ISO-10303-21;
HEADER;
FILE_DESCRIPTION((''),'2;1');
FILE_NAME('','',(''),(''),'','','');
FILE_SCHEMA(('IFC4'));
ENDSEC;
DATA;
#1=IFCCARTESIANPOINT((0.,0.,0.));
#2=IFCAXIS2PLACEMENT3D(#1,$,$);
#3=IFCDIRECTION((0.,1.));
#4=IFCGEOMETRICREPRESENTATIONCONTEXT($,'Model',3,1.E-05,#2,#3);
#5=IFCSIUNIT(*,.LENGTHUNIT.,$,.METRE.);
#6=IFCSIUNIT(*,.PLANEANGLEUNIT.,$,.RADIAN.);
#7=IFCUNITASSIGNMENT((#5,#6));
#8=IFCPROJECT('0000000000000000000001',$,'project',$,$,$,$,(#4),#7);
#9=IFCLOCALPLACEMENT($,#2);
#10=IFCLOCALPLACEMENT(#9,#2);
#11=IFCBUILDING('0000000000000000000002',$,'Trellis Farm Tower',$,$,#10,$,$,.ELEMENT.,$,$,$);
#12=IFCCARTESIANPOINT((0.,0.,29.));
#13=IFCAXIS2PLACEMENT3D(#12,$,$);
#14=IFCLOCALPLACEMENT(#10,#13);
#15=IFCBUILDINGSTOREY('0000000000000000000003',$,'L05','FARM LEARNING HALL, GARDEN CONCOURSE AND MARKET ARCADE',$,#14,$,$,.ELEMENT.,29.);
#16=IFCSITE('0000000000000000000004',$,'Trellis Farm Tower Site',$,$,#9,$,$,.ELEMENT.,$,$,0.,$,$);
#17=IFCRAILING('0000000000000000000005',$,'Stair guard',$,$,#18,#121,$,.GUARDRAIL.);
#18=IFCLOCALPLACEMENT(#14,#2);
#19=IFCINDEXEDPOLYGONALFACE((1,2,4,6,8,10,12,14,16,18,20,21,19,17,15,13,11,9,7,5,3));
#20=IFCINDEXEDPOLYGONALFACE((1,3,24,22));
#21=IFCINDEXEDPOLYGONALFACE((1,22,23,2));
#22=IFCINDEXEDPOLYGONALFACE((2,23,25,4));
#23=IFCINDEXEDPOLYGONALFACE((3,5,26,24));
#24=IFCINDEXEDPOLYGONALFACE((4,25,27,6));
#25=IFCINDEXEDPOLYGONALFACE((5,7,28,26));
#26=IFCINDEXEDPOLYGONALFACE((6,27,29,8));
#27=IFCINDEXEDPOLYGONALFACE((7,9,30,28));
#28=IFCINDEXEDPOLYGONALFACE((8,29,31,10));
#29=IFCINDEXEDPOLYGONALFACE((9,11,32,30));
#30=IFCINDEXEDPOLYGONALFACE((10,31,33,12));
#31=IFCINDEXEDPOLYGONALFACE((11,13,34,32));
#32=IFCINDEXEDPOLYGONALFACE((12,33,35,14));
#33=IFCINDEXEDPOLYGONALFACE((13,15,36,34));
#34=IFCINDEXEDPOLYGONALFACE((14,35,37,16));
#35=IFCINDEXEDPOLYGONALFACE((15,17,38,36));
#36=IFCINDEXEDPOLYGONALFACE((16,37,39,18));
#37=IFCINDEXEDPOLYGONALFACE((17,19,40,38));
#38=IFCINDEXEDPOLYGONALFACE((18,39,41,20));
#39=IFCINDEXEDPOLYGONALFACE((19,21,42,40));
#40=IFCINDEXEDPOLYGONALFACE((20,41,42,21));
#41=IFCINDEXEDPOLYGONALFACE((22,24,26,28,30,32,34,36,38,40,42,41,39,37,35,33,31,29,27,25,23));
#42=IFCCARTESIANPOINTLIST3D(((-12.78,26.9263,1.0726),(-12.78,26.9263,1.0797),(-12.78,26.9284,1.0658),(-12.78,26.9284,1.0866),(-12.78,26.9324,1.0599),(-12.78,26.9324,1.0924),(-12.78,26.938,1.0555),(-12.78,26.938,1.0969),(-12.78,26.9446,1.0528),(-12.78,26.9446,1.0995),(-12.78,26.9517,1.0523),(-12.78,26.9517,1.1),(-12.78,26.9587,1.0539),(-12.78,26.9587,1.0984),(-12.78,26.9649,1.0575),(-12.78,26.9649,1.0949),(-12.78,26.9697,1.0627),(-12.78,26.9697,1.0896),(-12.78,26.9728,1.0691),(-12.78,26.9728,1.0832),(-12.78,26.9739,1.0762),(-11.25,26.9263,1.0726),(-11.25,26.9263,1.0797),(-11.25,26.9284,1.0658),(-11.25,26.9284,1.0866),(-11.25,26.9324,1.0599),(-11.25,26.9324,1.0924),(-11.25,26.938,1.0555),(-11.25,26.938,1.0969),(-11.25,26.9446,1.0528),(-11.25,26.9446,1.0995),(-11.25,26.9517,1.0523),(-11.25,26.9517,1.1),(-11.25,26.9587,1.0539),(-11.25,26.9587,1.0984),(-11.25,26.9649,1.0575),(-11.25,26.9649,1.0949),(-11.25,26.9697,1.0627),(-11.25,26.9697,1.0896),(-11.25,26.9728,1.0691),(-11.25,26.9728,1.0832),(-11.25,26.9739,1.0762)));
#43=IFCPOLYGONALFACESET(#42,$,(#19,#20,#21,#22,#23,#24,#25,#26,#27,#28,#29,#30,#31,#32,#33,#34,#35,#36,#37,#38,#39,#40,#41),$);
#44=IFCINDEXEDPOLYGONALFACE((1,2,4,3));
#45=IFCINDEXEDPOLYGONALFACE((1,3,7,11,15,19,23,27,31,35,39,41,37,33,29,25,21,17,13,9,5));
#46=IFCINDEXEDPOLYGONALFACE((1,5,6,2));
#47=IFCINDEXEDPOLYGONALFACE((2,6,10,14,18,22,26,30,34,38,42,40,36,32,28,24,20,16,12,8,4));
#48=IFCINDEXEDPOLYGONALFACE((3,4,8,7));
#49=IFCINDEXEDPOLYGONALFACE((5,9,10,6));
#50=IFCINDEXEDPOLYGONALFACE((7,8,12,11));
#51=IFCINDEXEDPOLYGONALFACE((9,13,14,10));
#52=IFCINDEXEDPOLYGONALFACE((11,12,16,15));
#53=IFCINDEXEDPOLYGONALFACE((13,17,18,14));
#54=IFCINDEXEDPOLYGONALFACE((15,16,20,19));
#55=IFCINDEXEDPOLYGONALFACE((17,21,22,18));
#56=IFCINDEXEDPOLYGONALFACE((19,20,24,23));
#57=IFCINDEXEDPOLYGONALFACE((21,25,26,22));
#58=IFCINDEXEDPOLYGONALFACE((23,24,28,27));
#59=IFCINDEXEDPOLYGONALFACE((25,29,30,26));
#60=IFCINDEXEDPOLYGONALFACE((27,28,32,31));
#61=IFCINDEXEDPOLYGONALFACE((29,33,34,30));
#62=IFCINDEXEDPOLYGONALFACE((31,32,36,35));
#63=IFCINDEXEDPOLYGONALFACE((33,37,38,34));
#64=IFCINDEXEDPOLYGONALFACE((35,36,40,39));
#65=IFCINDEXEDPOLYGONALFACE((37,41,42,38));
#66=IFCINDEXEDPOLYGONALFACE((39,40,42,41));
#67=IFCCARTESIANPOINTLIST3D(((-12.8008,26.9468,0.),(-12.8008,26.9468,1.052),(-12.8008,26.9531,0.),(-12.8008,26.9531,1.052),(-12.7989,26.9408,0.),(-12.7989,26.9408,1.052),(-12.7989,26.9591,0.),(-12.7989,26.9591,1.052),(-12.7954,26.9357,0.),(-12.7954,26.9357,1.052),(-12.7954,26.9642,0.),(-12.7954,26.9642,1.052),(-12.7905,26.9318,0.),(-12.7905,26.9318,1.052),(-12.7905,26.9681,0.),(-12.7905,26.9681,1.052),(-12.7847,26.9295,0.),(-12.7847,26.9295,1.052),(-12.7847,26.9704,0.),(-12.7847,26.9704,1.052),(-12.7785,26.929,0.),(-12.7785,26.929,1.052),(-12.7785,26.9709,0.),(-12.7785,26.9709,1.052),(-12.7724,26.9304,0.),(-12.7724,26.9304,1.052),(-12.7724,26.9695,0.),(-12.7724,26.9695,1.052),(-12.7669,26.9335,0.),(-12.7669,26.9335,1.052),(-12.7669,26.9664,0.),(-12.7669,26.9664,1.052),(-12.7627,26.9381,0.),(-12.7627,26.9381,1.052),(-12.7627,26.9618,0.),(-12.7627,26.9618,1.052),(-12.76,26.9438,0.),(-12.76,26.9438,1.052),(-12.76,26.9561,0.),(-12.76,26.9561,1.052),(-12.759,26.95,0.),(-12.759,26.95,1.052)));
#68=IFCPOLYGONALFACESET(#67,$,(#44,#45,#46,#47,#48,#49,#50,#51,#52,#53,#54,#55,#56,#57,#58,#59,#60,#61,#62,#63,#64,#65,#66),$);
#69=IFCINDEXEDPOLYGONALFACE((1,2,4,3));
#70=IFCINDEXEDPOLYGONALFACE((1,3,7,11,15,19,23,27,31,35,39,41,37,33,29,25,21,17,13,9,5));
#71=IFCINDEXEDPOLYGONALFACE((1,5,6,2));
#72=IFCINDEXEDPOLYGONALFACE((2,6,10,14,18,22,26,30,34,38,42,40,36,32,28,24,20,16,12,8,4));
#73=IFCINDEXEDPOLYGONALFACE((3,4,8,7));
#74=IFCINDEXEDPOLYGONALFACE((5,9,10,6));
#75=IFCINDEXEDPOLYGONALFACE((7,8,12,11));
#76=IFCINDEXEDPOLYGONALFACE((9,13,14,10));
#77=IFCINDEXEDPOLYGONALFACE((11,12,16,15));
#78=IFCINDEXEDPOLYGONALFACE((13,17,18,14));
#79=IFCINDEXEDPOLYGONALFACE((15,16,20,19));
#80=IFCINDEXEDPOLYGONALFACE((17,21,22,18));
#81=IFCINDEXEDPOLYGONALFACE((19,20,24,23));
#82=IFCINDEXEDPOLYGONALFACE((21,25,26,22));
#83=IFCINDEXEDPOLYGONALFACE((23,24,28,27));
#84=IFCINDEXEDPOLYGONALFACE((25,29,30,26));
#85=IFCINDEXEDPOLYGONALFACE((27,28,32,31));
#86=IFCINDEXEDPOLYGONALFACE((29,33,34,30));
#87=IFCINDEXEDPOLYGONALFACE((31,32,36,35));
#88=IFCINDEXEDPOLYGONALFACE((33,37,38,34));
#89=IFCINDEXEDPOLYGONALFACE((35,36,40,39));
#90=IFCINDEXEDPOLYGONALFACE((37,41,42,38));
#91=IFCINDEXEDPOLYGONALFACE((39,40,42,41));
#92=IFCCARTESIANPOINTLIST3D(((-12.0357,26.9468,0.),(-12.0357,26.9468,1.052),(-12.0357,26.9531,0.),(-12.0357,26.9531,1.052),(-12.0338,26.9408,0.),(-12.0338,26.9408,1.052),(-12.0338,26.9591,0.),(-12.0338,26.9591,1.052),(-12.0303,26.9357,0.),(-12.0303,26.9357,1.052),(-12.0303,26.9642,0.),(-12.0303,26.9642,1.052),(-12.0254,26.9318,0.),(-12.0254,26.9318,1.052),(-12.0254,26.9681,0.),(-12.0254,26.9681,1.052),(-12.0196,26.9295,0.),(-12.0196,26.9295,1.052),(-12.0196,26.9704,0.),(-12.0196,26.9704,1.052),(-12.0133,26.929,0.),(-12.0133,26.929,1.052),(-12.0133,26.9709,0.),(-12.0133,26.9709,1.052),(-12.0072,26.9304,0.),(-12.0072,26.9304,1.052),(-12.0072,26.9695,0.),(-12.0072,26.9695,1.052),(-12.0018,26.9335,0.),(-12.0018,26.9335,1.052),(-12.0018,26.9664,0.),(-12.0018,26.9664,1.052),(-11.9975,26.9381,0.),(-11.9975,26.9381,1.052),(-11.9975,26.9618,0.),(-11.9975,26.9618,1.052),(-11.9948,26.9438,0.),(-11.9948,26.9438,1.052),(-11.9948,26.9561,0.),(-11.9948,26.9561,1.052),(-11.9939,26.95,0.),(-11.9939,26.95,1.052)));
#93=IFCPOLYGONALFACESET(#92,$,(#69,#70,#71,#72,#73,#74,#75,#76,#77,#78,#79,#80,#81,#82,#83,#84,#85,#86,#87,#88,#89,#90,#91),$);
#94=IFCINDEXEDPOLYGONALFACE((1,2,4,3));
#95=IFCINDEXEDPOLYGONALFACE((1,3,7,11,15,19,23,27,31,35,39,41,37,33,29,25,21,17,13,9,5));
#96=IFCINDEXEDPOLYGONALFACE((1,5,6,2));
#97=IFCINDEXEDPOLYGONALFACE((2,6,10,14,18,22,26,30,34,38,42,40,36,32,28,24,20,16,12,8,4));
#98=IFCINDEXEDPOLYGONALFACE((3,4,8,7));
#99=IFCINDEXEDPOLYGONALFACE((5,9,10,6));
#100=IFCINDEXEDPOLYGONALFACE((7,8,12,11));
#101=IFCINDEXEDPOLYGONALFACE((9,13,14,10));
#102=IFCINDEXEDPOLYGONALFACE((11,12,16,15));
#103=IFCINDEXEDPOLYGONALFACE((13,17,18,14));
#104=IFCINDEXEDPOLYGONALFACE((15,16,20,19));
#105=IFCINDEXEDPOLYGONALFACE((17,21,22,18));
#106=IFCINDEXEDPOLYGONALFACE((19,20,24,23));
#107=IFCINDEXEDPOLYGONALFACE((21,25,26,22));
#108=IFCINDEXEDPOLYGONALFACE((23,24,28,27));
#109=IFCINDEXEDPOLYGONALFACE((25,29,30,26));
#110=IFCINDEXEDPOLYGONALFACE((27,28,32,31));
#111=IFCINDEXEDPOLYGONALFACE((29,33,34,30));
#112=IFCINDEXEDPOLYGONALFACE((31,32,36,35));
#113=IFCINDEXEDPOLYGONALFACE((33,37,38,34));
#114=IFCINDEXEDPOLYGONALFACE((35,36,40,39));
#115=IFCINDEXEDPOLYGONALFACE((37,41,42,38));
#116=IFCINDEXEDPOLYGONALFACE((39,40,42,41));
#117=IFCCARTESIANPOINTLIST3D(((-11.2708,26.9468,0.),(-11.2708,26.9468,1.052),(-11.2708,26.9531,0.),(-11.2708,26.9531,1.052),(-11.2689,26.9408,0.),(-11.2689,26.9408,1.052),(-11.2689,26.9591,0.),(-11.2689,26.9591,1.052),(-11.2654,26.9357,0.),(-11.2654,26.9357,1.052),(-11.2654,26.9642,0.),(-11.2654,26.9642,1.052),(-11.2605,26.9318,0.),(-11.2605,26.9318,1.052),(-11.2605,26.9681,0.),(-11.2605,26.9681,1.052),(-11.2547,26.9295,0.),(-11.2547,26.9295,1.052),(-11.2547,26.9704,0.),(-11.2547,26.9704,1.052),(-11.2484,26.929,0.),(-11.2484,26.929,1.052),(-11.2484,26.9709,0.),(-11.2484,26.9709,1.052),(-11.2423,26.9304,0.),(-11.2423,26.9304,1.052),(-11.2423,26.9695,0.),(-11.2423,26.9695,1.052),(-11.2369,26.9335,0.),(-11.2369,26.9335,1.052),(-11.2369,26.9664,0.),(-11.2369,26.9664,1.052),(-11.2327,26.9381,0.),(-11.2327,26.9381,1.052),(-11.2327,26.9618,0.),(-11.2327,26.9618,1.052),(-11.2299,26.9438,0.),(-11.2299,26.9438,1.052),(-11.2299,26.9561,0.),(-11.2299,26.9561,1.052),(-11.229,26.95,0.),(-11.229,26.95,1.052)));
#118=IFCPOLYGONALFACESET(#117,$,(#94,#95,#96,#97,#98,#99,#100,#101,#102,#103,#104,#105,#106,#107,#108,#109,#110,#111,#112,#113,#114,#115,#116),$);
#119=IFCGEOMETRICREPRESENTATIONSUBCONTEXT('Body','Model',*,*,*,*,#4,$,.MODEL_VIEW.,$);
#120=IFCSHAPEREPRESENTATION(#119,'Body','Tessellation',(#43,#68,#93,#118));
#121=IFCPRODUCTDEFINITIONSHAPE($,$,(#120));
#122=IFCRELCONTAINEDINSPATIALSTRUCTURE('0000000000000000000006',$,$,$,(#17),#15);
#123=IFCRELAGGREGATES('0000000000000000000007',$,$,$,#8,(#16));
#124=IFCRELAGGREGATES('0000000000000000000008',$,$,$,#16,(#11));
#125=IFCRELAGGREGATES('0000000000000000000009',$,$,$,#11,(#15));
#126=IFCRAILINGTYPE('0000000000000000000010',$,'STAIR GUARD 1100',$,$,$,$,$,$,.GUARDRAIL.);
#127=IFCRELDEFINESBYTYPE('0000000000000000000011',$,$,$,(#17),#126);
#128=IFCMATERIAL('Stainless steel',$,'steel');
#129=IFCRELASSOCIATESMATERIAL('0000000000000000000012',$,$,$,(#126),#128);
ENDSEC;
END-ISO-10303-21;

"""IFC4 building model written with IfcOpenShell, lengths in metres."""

from ifc_helpers import new_model, si_unit, direction, frame, origin, origin_2d, place, context, subcontext, project, spatial, circle, extrude, source, transform, mapped, material, type_object, element, save


model = new_model("IFC4")

# Units and contexts
model_context = context("Model", 3, precision=1e-05, world=origin(), true_north=direction((0.0, 1.0)))
body_context = subcontext(model_context, "Body", "Model", "MODEL_VIEW")
ifc_project = project(units=[si_unit("LENGTHUNIT", "METRE"), si_unit("PLANEANGLEUNIT", "RADIAN")], contexts=[model_context])

# Site, building, storey
site_placement = place(None, origin())
site = spatial("IfcSite", under=ifc_project, at=site_placement, Name="Trellis Farm Tower Site", CompositionType="ELEMENT", RefElevation=0.0)
building_placement = place(site_placement, origin())
building = spatial("IfcBuilding", under=site, at=building_placement, Name="Trellis Farm Tower", CompositionType="ELEMENT")
storey_placement = place(building_placement, frame((0.0, 0.0, 29.0)))
storey = spatial("IfcBuildingStorey", under=building, at=storey_placement, Name="L05", Description="FARM LEARNING HALL, GARDEN CONCOURSE AND MARKET ARCADE", CompositionType="ELEMENT", Elevation=29.0)

# Railing
ifc_material_1 = material(Name="Stainless steel", Category="steel")
railing_type = type_object("IfcRailingType", Name="STAIR GUARD 1100", PredefinedType="GUARDRAIL", material=ifc_material_1)
shared_shape_1 = source(origin(), body_context, "Body", "SweptSolid", [
    extrude(circle(Radius=0.0239, at=origin_2d()), frame((0.0, 0.0, 1.0762), z_axis=(1.0, 0.0, 0.0), x_axis=(0.0, 1.0, 0.0)), (0.0, 0.0, 1.0), 1.53),
    extrude(circle(Radius=0.021, at=origin_2d()), origin(), (0.0, 0.0, 1.0), 1.052),
    extrude(circle(Radius=0.021, at=origin_2d()), frame((0.7651, 0.0, 0.0)), (0.0, 0.0, 1.0), 1.052),
    extrude(circle(Radius=0.021, at=origin_2d()), frame((1.53, 0.0, 0.0)), (0.0, 0.0, 1.0), 1.052),
])
for number, where, name in (
    (1, (-12.78, 26.95, 0.0), "Stair guard"),
):
    element("IfcRailing", number, at=place(storey_placement, frame(where)), inside=storey, type_object=railing_type, Name=name, PredefinedType="GUARDRAIL", context=body_context, shape_type="MappedRepresentation", body=[
        mapped(shared_shape_1, transform((0.0, 0.0, 0.0))),
    ])

save(model, "model.ifc")
